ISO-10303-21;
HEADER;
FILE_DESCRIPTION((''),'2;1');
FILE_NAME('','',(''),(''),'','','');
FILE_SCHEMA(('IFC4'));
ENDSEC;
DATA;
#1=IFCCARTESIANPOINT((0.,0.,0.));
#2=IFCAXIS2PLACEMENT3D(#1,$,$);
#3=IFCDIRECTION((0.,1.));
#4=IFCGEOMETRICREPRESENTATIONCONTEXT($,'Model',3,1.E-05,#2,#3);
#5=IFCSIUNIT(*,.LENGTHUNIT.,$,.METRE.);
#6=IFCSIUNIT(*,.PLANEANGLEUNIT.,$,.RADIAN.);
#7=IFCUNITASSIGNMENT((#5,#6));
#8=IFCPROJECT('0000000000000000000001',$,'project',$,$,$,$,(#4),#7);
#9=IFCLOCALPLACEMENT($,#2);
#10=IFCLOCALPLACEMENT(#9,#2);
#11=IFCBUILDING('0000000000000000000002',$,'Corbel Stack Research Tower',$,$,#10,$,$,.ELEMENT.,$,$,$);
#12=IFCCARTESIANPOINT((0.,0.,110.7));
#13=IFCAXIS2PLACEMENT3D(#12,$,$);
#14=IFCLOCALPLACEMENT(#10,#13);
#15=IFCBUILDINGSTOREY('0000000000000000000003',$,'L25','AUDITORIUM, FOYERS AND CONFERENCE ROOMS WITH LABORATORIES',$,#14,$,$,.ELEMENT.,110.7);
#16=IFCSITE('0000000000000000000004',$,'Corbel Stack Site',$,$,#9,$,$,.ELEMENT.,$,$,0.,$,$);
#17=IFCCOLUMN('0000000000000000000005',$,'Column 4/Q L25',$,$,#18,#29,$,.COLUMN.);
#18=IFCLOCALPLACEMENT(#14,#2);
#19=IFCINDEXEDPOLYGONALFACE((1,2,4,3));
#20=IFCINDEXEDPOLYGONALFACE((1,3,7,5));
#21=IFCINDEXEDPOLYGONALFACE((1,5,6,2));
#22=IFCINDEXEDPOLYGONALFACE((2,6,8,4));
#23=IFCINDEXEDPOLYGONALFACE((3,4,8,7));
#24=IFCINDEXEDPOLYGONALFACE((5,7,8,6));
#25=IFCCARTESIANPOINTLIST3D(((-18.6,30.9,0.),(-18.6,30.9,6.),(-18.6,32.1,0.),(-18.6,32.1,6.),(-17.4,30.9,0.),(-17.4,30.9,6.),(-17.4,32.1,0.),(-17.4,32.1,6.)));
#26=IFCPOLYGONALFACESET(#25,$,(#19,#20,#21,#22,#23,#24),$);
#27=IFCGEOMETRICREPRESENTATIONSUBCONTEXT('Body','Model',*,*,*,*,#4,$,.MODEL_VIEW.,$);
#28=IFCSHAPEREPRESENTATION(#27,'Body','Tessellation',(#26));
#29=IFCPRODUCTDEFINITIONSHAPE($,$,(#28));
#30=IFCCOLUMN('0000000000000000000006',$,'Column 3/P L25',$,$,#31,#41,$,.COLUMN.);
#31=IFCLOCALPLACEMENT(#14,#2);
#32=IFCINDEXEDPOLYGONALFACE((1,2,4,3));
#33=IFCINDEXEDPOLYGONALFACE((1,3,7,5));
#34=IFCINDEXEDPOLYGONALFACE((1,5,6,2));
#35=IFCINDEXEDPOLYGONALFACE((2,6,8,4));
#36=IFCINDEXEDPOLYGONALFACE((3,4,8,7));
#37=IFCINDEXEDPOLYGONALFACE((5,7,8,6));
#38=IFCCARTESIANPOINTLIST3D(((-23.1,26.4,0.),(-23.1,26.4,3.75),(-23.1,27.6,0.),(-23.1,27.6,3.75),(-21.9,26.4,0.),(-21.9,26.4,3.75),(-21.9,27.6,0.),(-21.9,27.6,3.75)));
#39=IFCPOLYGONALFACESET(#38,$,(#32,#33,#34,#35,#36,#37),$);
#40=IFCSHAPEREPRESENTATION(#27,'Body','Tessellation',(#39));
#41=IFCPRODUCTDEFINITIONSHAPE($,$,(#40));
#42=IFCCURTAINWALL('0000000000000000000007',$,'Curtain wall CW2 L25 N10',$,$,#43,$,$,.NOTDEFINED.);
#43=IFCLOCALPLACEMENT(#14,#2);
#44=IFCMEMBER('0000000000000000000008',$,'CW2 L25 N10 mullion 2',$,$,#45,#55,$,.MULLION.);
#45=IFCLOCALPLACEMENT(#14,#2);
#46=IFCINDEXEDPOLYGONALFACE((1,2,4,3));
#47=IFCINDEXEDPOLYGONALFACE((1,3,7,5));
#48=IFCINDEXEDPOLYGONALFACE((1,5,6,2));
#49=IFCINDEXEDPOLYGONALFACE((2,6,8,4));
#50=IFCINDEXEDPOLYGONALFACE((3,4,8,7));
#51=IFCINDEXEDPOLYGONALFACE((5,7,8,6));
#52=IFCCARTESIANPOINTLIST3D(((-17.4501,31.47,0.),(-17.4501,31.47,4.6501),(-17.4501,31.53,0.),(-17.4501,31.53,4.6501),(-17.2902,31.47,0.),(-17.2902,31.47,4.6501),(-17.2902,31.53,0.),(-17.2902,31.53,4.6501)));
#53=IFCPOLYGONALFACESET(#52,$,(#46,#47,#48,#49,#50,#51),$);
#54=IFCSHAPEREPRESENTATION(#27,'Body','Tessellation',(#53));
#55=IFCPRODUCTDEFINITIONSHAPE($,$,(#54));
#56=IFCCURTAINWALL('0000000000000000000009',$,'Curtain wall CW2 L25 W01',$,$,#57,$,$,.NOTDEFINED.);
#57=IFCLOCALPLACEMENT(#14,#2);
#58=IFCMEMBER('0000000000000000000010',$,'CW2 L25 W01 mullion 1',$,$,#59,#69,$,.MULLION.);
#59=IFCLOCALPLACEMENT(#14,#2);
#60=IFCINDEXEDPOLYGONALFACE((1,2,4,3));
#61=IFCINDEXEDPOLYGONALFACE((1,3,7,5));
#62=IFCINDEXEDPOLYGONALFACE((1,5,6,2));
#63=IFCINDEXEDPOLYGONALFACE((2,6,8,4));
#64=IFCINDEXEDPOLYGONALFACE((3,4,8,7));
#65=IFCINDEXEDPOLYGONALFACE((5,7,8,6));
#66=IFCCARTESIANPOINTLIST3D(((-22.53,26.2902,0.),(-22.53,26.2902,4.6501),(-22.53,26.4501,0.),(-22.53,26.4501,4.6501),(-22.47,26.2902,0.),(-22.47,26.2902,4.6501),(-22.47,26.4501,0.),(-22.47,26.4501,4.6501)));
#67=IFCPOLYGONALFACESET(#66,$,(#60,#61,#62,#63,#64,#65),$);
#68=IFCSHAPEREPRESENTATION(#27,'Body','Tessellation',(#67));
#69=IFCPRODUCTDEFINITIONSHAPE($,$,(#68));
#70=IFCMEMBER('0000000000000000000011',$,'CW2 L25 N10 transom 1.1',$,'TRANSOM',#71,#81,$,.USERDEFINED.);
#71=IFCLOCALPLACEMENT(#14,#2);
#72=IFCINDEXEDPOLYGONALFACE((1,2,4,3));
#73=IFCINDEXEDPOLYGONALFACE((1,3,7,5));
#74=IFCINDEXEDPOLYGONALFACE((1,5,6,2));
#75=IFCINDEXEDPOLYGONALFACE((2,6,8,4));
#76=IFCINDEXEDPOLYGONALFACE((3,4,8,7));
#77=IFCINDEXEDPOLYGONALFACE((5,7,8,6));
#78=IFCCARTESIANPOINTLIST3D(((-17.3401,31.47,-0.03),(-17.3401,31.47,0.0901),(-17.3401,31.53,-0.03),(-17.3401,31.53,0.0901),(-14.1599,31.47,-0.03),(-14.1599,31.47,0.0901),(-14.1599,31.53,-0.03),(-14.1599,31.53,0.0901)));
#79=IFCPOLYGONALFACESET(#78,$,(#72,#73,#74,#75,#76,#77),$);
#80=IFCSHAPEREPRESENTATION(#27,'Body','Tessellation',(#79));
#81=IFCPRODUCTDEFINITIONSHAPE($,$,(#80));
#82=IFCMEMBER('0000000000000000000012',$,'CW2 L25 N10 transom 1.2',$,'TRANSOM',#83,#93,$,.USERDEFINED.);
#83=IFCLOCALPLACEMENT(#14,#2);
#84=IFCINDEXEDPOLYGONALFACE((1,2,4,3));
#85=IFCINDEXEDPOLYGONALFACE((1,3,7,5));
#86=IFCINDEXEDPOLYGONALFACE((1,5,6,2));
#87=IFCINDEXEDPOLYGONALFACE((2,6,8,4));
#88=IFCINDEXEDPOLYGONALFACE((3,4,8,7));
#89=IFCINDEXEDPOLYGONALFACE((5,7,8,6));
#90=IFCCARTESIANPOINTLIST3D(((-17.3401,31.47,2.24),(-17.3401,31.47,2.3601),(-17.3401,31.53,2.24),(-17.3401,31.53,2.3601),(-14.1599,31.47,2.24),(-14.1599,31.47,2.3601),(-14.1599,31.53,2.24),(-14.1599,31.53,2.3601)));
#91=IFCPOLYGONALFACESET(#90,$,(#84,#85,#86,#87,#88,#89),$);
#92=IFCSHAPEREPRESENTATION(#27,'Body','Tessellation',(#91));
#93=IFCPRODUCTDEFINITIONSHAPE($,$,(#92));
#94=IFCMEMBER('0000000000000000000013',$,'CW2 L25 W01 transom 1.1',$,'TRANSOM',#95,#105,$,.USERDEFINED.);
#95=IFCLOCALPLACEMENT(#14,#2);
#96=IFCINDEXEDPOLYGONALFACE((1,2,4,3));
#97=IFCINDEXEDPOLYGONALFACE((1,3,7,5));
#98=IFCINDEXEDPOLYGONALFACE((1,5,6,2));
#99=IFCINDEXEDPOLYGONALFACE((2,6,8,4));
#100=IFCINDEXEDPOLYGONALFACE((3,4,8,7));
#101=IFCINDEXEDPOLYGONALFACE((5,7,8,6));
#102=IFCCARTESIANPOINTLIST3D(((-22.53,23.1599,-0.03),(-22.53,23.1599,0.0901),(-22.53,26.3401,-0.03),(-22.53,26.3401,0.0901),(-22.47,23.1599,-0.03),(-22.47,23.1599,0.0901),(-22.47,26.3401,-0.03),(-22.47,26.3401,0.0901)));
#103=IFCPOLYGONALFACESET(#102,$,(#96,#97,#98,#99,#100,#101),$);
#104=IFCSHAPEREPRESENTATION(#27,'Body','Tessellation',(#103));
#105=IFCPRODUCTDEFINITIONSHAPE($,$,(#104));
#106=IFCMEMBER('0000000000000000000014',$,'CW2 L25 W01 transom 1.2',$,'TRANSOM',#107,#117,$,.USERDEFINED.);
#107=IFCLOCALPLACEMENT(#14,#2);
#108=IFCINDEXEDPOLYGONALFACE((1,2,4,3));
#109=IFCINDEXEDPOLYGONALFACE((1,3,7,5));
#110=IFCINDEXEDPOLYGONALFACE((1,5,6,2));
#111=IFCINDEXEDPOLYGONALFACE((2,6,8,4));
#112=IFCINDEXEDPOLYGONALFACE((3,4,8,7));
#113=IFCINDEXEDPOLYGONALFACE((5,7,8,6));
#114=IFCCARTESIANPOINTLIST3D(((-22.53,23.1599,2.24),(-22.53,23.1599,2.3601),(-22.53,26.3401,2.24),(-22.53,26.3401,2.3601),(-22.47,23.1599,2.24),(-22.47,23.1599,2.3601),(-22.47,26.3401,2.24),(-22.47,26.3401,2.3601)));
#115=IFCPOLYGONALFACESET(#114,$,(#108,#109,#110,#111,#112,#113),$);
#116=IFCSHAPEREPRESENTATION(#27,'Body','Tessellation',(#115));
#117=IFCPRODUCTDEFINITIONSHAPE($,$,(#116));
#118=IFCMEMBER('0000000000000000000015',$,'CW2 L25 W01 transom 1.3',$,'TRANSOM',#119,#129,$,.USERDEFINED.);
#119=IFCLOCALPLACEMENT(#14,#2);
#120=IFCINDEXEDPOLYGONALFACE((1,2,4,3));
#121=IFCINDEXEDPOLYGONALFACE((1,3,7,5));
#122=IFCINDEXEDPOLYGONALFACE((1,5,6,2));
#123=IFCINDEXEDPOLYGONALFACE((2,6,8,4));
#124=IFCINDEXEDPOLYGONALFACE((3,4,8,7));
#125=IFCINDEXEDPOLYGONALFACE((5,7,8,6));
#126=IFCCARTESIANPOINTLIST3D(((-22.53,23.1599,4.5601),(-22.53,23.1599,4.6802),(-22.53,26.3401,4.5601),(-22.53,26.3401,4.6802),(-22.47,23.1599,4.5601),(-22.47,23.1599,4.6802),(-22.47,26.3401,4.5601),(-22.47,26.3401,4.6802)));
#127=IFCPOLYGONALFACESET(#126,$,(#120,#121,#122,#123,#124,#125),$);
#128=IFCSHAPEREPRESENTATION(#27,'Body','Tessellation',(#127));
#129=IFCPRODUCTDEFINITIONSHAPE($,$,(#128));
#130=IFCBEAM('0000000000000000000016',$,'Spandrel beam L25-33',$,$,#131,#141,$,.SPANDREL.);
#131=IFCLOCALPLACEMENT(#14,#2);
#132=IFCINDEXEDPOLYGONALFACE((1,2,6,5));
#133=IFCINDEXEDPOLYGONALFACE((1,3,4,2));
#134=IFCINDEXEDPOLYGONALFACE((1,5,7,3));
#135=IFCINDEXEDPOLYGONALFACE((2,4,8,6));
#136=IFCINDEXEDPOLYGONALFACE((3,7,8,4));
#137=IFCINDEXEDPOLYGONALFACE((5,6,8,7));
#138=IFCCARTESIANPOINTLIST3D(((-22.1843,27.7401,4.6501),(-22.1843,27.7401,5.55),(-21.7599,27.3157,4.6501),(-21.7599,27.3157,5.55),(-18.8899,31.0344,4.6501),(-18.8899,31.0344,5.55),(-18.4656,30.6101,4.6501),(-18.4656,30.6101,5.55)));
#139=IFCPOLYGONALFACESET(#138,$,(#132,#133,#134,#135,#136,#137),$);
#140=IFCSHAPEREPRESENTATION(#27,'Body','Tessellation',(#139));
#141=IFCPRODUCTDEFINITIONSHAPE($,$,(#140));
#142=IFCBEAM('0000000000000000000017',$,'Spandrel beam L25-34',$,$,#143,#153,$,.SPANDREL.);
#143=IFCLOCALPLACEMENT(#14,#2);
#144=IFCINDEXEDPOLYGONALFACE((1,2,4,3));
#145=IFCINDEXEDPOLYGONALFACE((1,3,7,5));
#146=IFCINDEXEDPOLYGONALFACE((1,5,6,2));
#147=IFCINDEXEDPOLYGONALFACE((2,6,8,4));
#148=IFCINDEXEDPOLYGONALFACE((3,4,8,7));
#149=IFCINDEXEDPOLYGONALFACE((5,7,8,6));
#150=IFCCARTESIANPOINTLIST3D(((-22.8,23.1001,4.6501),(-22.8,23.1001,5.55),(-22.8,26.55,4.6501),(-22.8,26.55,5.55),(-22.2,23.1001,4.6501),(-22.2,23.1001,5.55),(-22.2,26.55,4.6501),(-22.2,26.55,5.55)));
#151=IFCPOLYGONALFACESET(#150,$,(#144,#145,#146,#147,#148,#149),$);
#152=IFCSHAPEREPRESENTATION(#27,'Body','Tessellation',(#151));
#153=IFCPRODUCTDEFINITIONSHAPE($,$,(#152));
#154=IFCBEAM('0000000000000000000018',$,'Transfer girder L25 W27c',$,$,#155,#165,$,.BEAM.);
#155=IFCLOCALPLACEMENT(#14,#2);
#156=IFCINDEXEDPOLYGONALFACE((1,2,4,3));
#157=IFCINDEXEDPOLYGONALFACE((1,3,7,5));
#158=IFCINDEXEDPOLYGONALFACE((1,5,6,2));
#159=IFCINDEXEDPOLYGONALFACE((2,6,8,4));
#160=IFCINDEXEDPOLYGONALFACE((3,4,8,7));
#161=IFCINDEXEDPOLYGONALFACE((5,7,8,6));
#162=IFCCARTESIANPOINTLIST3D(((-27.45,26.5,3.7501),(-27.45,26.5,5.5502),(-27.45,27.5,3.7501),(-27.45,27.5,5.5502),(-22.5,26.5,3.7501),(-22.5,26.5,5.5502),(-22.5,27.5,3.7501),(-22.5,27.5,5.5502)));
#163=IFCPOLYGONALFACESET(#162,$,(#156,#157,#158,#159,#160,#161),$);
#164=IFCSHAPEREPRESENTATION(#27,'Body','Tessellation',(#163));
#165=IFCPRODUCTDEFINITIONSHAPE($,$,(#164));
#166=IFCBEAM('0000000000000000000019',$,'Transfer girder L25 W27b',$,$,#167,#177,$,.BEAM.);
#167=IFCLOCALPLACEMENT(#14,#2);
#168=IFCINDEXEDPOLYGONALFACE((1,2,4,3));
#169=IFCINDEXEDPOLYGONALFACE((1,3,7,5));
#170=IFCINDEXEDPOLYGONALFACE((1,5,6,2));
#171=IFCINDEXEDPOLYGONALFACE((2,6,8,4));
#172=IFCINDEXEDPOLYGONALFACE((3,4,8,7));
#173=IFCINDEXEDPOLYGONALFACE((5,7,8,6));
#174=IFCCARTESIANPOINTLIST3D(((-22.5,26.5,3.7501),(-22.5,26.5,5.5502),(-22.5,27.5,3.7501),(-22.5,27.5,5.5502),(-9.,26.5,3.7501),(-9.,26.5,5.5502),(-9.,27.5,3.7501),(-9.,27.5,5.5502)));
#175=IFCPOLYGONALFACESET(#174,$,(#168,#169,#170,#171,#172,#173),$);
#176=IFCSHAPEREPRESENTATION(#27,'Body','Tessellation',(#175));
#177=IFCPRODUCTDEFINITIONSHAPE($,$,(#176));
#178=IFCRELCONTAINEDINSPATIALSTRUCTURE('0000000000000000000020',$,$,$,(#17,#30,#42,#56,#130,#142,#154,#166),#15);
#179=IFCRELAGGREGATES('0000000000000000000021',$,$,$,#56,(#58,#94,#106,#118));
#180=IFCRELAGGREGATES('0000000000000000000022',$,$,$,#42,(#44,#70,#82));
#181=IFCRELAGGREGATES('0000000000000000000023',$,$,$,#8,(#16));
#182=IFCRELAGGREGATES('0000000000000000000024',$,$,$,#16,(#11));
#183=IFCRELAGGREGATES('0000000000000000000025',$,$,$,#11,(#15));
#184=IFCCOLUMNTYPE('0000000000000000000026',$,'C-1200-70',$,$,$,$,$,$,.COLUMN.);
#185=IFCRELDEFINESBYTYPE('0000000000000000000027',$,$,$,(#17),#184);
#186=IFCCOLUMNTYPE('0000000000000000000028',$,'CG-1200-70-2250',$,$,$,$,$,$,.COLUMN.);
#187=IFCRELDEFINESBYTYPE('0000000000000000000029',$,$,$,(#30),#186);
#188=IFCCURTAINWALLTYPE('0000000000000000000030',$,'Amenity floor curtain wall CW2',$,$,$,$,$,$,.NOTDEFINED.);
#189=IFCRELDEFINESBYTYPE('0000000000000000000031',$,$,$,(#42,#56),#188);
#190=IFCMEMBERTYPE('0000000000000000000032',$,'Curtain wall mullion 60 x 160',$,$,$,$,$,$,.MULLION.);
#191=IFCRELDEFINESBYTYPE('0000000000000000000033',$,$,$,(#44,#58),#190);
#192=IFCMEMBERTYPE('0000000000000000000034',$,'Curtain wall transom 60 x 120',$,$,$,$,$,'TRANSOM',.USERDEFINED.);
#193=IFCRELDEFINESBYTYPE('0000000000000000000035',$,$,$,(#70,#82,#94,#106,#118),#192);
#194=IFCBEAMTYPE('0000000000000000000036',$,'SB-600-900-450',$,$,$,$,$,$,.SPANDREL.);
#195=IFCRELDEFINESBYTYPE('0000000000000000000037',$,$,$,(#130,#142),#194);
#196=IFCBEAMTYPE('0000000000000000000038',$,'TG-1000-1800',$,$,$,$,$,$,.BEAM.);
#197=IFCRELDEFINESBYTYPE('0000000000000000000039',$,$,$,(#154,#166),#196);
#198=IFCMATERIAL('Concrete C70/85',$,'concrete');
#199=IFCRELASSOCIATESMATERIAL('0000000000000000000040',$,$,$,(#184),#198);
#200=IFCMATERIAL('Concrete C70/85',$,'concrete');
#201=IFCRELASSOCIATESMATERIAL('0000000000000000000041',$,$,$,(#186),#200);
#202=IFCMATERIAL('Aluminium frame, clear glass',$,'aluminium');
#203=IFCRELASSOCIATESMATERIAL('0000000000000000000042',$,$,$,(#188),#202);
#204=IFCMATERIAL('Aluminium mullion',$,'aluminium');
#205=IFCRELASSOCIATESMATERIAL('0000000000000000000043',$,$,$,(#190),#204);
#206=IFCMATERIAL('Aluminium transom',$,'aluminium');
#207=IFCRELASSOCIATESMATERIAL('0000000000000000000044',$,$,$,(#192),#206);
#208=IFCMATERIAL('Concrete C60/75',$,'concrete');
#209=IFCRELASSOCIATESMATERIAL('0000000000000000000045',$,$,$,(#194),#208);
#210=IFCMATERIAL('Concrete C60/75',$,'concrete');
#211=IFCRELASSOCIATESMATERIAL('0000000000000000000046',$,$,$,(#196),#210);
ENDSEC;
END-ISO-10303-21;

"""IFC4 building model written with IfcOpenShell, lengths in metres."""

from ifc_helpers import new_model, si_unit, direction, frame, origin, origin_2d, place, context, subcontext, project, spatial, rectangle, extrude, material, material_profile, profile_set, type_object, element, aggregate, save


model = new_model("IFC4")

# Units and contexts
model_context = context("Model", 3, precision=1e-05, world=origin(), true_north=direction((0.0, 1.0)))
body_context = subcontext(model_context, "Body", "Model", "MODEL_VIEW")
ifc_project = project(units=[si_unit("LENGTHUNIT", "METRE"), si_unit("PLANEANGLEUNIT", "RADIAN")], contexts=[model_context])

# Site, building, storey
site_placement = place(None, origin())
site = spatial("IfcSite", under=ifc_project, at=site_placement, Name="Corbel Stack Site", CompositionType="ELEMENT", RefElevation=0.0)
building_placement = place(site_placement, origin())
building = spatial("IfcBuilding", under=site, at=building_placement, Name="Corbel Stack Research Tower", CompositionType="ELEMENT")
storey_placement = place(building_placement, frame((0.0, 0.0, 110.7)))
storey = spatial("IfcBuildingStorey", under=building, at=storey_placement, Name="L25", Description="AUDITORIUM, FOYERS AND CONFERENCE ROOMS WITH LABORATORIES", CompositionType="ELEMENT", Elevation=110.7)

# Columns
ifc_material_1 = material(Name="Concrete C70/85", Category="concrete")
ifc_material_profile_1 = material_profile(ifc_material_1, rectangle(XDim=1.2, YDim=1.2, at=origin_2d()), Name="RC 1200 x 1200")
ifc_profile_set_1 = profile_set([ifc_material_profile_1], Name="Concrete C70/85")
column_type_1 = type_object("IfcColumnType", Name="C-1200-70", PredefinedType="COLUMN", material=ifc_profile_set_1)
column_1_placement = place(storey_placement, frame((-18.0, 31.5, 0.0), z_axis=(0.0, 0.0, 1.0), x_axis=(1.0, 0.0, 0.0)))
element("IfcColumn", 1, at=column_1_placement, inside=storey, type_object=column_type_1, Name="Column 4/Q L25", PredefinedType="COLUMN", context=body_context, shape_type="SweptSolid", body=[
    extrude(rectangle(XDim=1.2, YDim=1.2, at=origin_2d()), origin(), (0.0, 0.0, 1.0), 6.0),
])
ifc_material_2 = material(Name="Concrete C70/85", Category="concrete")
ifc_material_profile_2 = material_profile(ifc_material_2, rectangle(XDim=1.2, YDim=1.2, at=origin_2d()), Name="RC 1200 x 1200")
ifc_profile_set_2 = profile_set([ifc_material_profile_2], Name="Concrete C70/85")
column_type_2 = type_object("IfcColumnType", Name="CG-1200-70-2250", PredefinedType="COLUMN", material=ifc_profile_set_2)
column_2_placement = place(storey_placement, frame((-22.5, 27.0, 0.0), z_axis=(0.0, 0.0, 1.0), x_axis=(1.0, 0.0, 0.0)))
element("IfcColumn", 2, at=column_2_placement, inside=storey, type_object=column_type_2, Name="Column 3/P L25", PredefinedType="COLUMN", context=body_context, shape_type="SweptSolid", body=[
    extrude(rectangle(XDim=1.2, YDim=1.2, at=origin_2d()), origin(), (0.0, 0.0, 1.0), 3.75),
])

# Curtain walls, members
ifc_material_3 = material(Name="Aluminium frame, clear glass", Category="aluminium")
curtain_wall_type = type_object("IfcCurtainWallType", Name="Amenity floor curtain wall CW2", PredefinedType="NOTDEFINED", material=ifc_material_3)
curtain_wall_1_placement = place(storey_placement, origin())
curtain_wall_1 = element("IfcCurtainWall", 3, at=curtain_wall_1_placement, inside=storey, type_object=curtain_wall_type, Name="Curtain wall CW2 L25 N10", PredefinedType="NOTDEFINED")
ifc_material_4 = material(Name="Aluminium mullion", Category="aluminium")
ifc_material_profile_3 = material_profile(ifc_material_4, rectangle(XDim=0.0601, YDim=0.1599, at=origin_2d()), Name="Mullion 60 x 160")
ifc_profile_set_3 = profile_set([ifc_material_profile_3], Name="Aluminium mullion")
member_type_1 = type_object("IfcMemberType", Name="Curtain wall mullion 60 x 160", PredefinedType="MULLION", material=ifc_profile_set_3)
member_1_placement = place(storey_placement, frame((-17.3701, 31.5, 0.0), z_axis=(0.0, 0.0, 1.0), x_axis=(0.0, -1.0, 0.0)))
member_1 = element("IfcMember", 4, at=member_1_placement, type_object=member_type_1, Name="CW2 L25 N10 mullion 2", PredefinedType="MULLION", context=body_context, shape_type="SweptSolid", body=[
    extrude(rectangle(XDim=0.0601, YDim=0.1599, at=origin_2d()), origin(), (0.0, 0.0, 1.0), 4.6501),
])
curtain_wall_2_placement = place(storey_placement, origin())
curtain_wall_2 = element("IfcCurtainWall", 5, at=curtain_wall_2_placement, inside=storey, type_object=curtain_wall_type, Name="Curtain wall CW2 L25 W01", PredefinedType="NOTDEFINED")
member_2_placement = place(storey_placement, frame((-22.5, 26.3701, 0.0), z_axis=(0.0, 0.0, 1.0), x_axis=(1.0, 0.0, 0.0)))
member_2 = element("IfcMember", 6, at=member_2_placement, type_object=member_type_1, Name="CW2 L25 W01 mullion 1", PredefinedType="MULLION", context=body_context, shape_type="SweptSolid", body=[
    extrude(rectangle(XDim=0.0601, YDim=0.1599, at=origin_2d()), origin(), (0.0, 0.0, 1.0), 4.6501),
])

# Members
ifc_material_5 = material(Name="Aluminium transom", Category="aluminium")
ifc_material_profile_4 = material_profile(ifc_material_5, rectangle(XDim=0.0601, YDim=0.1201, at=origin_2d()), Name="Transom 60 x 120")
ifc_profile_set_4 = profile_set([ifc_material_profile_4], Name="Aluminium transom")
member_type_2 = type_object("IfcMemberType", Name="Curtain wall transom 60 x 120", ElementType="TRANSOM", PredefinedType="USERDEFINED", material=ifc_profile_set_4)
member_3_placement = place(storey_placement, frame((-14.1599, 31.5, 0.03), z_axis=(-1.0, 0.0, 0.0), x_axis=(0.0, -1.0, 0.0)))
member_3 = element("IfcMember", 7, at=member_3_placement, type_object=member_type_2, Name="CW2 L25 N10 transom 1.1", ObjectType="TRANSOM", PredefinedType="USERDEFINED", context=body_context, shape_type="SweptSolid", body=[
    extrude(rectangle(XDim=0.0601, YDim=0.1201, at=origin_2d()), origin(), (0.0, 0.0, 1.0), 3.1802),
])
member_4_placement = place(storey_placement, frame((-14.1599, 31.5, 2.3), z_axis=(-1.0, 0.0, 0.0), x_axis=(0.0, -1.0, 0.0)))
member_4 = element("IfcMember", 8, at=member_4_placement, type_object=member_type_2, Name="CW2 L25 N10 transom 1.2", ObjectType="TRANSOM", PredefinedType="USERDEFINED", context=body_context, shape_type="SweptSolid", body=[
    extrude(rectangle(XDim=0.0601, YDim=0.1201, at=origin_2d()), origin(), (0.0, 0.0, 1.0), 3.1802),
])
member_5_placement = place(storey_placement, frame((-22.5, 26.3401, 0.03), z_axis=(0.0, -1.0, 0.0), x_axis=(1.0, 0.0, 0.0)))
member_5 = element("IfcMember", 9, at=member_5_placement, type_object=member_type_2, Name="CW2 L25 W01 transom 1.1", ObjectType="TRANSOM", PredefinedType="USERDEFINED", context=body_context, shape_type="SweptSolid", body=[
    extrude(rectangle(XDim=0.0601, YDim=0.1201, at=origin_2d()), origin(), (0.0, 0.0, 1.0), 3.1802),
])
member_6_placement = place(storey_placement, frame((-22.5, 26.3401, 2.3), z_axis=(0.0, -1.0, 0.0), x_axis=(1.0, 0.0, 0.0)))
member_6 = element("IfcMember", 10, at=member_6_placement, type_object=member_type_2, Name="CW2 L25 W01 transom 1.2", ObjectType="TRANSOM", PredefinedType="USERDEFINED", context=body_context, shape_type="SweptSolid", body=[
    extrude(rectangle(XDim=0.0601, YDim=0.1201, at=origin_2d()), origin(), (0.0, 0.0, 1.0), 3.1802),
])
member_7_placement = place(storey_placement, frame((-22.5, 26.3401, 4.6201), z_axis=(0.0, -1.0, 0.0), x_axis=(1.0, 0.0, 0.0)))
member_7 = element("IfcMember", 11, at=member_7_placement, type_object=member_type_2, Name="CW2 L25 W01 transom 1.3", ObjectType="TRANSOM", PredefinedType="USERDEFINED", context=body_context, shape_type="SweptSolid", body=[
    extrude(rectangle(XDim=0.0601, YDim=0.1201, at=origin_2d()), origin(), (0.0, 0.0, 1.0), 3.1802),
])
aggregate(curtain_wall_2, [member_2, member_5, member_6, member_7])

# Beams
ifc_material_6 = material(Name="Concrete C60/75", Category="concrete")
ifc_material_profile_5 = material_profile(ifc_material_6, rectangle(XDim=0.6001, YDim=0.8999, at=origin_2d()), Name="RC 600 x 900")
ifc_profile_set_5 = profile_set([ifc_material_profile_5], Name="Concrete C60/75")
beam_type_1 = type_object("IfcBeamType", Name="SB-600-900-450", PredefinedType="SPANDREL", material=ifc_profile_set_5)
beam_1_placement = place(storey_placement, frame((-18.6777, 30.8223, 5.1001), z_axis=(-0.707107, -0.707107, 0.0), x_axis=(0.707107, -0.707107, 0.0)))
element("IfcBeam", 12, at=beam_1_placement, inside=storey, type_object=beam_type_1, Name="Spandrel beam L25-33", PredefinedType="SPANDREL", context=body_context, shape_type="SweptSolid", body=[
    extrude(rectangle(XDim=0.6001, YDim=0.8999, at=origin_2d()), origin(), (0.0, 0.0, 1.0), 4.6589),
])
beam_2_placement = place(storey_placement, frame((-22.5, 26.55, 5.1001), z_axis=(0.0, -1.0, 0.0), x_axis=(1.0, 0.0, 0.0)))
element("IfcBeam", 13, at=beam_2_placement, inside=storey, type_object=beam_type_1, Name="Spandrel beam L25-34", PredefinedType="SPANDREL", context=body_context, shape_type="SweptSolid", body=[
    extrude(rectangle(XDim=0.6001, YDim=0.8999, at=origin_2d()), origin(), (0.0, 0.0, 1.0), 3.45),
])
ifc_material_7 = material(Name="Concrete C60/75", Category="concrete")
ifc_material_profile_6 = material_profile(ifc_material_7, rectangle(XDim=1.0, YDim=1.8, at=origin_2d()), Name="RC 1000 x 1800")
ifc_profile_set_6 = profile_set([ifc_material_profile_6], Name="Concrete C60/75")
beam_type_2 = type_object("IfcBeamType", Name="TG-1000-1800", PredefinedType="BEAM", material=ifc_profile_set_6)
beam_3_placement = place(storey_placement, frame((-27.45, 27.0, 4.6501), z_axis=(1.0, 0.0, 0.0), x_axis=(0.0, 1.0, 0.0)))
element("IfcBeam", 14, at=beam_3_placement, inside=storey, type_object=beam_type_2, Name="Transfer girder L25 W27c", PredefinedType="BEAM", context=body_context, shape_type="SweptSolid", body=[
    extrude(rectangle(XDim=1.0, YDim=1.8, at=origin_2d()), origin(), (0.0, 0.0, 1.0), 4.95),
])
beam_4_placement = place(storey_placement, frame((-22.5, 27.0, 4.6501), z_axis=(1.0, 0.0, 0.0), x_axis=(0.0, 1.0, 0.0)))
element("IfcBeam", 15, at=beam_4_placement, inside=storey, type_object=beam_type_2, Name="Transfer girder L25 W27b", PredefinedType="BEAM", context=body_context, shape_type="SweptSolid", body=[
    extrude(rectangle(XDim=1.0, YDim=1.8, at=origin_2d()), origin(), (0.0, 0.0, 1.0), 13.5),
])

aggregate(curtain_wall_1, [member_1, member_3, member_4])

save(model, "model.ifc")
